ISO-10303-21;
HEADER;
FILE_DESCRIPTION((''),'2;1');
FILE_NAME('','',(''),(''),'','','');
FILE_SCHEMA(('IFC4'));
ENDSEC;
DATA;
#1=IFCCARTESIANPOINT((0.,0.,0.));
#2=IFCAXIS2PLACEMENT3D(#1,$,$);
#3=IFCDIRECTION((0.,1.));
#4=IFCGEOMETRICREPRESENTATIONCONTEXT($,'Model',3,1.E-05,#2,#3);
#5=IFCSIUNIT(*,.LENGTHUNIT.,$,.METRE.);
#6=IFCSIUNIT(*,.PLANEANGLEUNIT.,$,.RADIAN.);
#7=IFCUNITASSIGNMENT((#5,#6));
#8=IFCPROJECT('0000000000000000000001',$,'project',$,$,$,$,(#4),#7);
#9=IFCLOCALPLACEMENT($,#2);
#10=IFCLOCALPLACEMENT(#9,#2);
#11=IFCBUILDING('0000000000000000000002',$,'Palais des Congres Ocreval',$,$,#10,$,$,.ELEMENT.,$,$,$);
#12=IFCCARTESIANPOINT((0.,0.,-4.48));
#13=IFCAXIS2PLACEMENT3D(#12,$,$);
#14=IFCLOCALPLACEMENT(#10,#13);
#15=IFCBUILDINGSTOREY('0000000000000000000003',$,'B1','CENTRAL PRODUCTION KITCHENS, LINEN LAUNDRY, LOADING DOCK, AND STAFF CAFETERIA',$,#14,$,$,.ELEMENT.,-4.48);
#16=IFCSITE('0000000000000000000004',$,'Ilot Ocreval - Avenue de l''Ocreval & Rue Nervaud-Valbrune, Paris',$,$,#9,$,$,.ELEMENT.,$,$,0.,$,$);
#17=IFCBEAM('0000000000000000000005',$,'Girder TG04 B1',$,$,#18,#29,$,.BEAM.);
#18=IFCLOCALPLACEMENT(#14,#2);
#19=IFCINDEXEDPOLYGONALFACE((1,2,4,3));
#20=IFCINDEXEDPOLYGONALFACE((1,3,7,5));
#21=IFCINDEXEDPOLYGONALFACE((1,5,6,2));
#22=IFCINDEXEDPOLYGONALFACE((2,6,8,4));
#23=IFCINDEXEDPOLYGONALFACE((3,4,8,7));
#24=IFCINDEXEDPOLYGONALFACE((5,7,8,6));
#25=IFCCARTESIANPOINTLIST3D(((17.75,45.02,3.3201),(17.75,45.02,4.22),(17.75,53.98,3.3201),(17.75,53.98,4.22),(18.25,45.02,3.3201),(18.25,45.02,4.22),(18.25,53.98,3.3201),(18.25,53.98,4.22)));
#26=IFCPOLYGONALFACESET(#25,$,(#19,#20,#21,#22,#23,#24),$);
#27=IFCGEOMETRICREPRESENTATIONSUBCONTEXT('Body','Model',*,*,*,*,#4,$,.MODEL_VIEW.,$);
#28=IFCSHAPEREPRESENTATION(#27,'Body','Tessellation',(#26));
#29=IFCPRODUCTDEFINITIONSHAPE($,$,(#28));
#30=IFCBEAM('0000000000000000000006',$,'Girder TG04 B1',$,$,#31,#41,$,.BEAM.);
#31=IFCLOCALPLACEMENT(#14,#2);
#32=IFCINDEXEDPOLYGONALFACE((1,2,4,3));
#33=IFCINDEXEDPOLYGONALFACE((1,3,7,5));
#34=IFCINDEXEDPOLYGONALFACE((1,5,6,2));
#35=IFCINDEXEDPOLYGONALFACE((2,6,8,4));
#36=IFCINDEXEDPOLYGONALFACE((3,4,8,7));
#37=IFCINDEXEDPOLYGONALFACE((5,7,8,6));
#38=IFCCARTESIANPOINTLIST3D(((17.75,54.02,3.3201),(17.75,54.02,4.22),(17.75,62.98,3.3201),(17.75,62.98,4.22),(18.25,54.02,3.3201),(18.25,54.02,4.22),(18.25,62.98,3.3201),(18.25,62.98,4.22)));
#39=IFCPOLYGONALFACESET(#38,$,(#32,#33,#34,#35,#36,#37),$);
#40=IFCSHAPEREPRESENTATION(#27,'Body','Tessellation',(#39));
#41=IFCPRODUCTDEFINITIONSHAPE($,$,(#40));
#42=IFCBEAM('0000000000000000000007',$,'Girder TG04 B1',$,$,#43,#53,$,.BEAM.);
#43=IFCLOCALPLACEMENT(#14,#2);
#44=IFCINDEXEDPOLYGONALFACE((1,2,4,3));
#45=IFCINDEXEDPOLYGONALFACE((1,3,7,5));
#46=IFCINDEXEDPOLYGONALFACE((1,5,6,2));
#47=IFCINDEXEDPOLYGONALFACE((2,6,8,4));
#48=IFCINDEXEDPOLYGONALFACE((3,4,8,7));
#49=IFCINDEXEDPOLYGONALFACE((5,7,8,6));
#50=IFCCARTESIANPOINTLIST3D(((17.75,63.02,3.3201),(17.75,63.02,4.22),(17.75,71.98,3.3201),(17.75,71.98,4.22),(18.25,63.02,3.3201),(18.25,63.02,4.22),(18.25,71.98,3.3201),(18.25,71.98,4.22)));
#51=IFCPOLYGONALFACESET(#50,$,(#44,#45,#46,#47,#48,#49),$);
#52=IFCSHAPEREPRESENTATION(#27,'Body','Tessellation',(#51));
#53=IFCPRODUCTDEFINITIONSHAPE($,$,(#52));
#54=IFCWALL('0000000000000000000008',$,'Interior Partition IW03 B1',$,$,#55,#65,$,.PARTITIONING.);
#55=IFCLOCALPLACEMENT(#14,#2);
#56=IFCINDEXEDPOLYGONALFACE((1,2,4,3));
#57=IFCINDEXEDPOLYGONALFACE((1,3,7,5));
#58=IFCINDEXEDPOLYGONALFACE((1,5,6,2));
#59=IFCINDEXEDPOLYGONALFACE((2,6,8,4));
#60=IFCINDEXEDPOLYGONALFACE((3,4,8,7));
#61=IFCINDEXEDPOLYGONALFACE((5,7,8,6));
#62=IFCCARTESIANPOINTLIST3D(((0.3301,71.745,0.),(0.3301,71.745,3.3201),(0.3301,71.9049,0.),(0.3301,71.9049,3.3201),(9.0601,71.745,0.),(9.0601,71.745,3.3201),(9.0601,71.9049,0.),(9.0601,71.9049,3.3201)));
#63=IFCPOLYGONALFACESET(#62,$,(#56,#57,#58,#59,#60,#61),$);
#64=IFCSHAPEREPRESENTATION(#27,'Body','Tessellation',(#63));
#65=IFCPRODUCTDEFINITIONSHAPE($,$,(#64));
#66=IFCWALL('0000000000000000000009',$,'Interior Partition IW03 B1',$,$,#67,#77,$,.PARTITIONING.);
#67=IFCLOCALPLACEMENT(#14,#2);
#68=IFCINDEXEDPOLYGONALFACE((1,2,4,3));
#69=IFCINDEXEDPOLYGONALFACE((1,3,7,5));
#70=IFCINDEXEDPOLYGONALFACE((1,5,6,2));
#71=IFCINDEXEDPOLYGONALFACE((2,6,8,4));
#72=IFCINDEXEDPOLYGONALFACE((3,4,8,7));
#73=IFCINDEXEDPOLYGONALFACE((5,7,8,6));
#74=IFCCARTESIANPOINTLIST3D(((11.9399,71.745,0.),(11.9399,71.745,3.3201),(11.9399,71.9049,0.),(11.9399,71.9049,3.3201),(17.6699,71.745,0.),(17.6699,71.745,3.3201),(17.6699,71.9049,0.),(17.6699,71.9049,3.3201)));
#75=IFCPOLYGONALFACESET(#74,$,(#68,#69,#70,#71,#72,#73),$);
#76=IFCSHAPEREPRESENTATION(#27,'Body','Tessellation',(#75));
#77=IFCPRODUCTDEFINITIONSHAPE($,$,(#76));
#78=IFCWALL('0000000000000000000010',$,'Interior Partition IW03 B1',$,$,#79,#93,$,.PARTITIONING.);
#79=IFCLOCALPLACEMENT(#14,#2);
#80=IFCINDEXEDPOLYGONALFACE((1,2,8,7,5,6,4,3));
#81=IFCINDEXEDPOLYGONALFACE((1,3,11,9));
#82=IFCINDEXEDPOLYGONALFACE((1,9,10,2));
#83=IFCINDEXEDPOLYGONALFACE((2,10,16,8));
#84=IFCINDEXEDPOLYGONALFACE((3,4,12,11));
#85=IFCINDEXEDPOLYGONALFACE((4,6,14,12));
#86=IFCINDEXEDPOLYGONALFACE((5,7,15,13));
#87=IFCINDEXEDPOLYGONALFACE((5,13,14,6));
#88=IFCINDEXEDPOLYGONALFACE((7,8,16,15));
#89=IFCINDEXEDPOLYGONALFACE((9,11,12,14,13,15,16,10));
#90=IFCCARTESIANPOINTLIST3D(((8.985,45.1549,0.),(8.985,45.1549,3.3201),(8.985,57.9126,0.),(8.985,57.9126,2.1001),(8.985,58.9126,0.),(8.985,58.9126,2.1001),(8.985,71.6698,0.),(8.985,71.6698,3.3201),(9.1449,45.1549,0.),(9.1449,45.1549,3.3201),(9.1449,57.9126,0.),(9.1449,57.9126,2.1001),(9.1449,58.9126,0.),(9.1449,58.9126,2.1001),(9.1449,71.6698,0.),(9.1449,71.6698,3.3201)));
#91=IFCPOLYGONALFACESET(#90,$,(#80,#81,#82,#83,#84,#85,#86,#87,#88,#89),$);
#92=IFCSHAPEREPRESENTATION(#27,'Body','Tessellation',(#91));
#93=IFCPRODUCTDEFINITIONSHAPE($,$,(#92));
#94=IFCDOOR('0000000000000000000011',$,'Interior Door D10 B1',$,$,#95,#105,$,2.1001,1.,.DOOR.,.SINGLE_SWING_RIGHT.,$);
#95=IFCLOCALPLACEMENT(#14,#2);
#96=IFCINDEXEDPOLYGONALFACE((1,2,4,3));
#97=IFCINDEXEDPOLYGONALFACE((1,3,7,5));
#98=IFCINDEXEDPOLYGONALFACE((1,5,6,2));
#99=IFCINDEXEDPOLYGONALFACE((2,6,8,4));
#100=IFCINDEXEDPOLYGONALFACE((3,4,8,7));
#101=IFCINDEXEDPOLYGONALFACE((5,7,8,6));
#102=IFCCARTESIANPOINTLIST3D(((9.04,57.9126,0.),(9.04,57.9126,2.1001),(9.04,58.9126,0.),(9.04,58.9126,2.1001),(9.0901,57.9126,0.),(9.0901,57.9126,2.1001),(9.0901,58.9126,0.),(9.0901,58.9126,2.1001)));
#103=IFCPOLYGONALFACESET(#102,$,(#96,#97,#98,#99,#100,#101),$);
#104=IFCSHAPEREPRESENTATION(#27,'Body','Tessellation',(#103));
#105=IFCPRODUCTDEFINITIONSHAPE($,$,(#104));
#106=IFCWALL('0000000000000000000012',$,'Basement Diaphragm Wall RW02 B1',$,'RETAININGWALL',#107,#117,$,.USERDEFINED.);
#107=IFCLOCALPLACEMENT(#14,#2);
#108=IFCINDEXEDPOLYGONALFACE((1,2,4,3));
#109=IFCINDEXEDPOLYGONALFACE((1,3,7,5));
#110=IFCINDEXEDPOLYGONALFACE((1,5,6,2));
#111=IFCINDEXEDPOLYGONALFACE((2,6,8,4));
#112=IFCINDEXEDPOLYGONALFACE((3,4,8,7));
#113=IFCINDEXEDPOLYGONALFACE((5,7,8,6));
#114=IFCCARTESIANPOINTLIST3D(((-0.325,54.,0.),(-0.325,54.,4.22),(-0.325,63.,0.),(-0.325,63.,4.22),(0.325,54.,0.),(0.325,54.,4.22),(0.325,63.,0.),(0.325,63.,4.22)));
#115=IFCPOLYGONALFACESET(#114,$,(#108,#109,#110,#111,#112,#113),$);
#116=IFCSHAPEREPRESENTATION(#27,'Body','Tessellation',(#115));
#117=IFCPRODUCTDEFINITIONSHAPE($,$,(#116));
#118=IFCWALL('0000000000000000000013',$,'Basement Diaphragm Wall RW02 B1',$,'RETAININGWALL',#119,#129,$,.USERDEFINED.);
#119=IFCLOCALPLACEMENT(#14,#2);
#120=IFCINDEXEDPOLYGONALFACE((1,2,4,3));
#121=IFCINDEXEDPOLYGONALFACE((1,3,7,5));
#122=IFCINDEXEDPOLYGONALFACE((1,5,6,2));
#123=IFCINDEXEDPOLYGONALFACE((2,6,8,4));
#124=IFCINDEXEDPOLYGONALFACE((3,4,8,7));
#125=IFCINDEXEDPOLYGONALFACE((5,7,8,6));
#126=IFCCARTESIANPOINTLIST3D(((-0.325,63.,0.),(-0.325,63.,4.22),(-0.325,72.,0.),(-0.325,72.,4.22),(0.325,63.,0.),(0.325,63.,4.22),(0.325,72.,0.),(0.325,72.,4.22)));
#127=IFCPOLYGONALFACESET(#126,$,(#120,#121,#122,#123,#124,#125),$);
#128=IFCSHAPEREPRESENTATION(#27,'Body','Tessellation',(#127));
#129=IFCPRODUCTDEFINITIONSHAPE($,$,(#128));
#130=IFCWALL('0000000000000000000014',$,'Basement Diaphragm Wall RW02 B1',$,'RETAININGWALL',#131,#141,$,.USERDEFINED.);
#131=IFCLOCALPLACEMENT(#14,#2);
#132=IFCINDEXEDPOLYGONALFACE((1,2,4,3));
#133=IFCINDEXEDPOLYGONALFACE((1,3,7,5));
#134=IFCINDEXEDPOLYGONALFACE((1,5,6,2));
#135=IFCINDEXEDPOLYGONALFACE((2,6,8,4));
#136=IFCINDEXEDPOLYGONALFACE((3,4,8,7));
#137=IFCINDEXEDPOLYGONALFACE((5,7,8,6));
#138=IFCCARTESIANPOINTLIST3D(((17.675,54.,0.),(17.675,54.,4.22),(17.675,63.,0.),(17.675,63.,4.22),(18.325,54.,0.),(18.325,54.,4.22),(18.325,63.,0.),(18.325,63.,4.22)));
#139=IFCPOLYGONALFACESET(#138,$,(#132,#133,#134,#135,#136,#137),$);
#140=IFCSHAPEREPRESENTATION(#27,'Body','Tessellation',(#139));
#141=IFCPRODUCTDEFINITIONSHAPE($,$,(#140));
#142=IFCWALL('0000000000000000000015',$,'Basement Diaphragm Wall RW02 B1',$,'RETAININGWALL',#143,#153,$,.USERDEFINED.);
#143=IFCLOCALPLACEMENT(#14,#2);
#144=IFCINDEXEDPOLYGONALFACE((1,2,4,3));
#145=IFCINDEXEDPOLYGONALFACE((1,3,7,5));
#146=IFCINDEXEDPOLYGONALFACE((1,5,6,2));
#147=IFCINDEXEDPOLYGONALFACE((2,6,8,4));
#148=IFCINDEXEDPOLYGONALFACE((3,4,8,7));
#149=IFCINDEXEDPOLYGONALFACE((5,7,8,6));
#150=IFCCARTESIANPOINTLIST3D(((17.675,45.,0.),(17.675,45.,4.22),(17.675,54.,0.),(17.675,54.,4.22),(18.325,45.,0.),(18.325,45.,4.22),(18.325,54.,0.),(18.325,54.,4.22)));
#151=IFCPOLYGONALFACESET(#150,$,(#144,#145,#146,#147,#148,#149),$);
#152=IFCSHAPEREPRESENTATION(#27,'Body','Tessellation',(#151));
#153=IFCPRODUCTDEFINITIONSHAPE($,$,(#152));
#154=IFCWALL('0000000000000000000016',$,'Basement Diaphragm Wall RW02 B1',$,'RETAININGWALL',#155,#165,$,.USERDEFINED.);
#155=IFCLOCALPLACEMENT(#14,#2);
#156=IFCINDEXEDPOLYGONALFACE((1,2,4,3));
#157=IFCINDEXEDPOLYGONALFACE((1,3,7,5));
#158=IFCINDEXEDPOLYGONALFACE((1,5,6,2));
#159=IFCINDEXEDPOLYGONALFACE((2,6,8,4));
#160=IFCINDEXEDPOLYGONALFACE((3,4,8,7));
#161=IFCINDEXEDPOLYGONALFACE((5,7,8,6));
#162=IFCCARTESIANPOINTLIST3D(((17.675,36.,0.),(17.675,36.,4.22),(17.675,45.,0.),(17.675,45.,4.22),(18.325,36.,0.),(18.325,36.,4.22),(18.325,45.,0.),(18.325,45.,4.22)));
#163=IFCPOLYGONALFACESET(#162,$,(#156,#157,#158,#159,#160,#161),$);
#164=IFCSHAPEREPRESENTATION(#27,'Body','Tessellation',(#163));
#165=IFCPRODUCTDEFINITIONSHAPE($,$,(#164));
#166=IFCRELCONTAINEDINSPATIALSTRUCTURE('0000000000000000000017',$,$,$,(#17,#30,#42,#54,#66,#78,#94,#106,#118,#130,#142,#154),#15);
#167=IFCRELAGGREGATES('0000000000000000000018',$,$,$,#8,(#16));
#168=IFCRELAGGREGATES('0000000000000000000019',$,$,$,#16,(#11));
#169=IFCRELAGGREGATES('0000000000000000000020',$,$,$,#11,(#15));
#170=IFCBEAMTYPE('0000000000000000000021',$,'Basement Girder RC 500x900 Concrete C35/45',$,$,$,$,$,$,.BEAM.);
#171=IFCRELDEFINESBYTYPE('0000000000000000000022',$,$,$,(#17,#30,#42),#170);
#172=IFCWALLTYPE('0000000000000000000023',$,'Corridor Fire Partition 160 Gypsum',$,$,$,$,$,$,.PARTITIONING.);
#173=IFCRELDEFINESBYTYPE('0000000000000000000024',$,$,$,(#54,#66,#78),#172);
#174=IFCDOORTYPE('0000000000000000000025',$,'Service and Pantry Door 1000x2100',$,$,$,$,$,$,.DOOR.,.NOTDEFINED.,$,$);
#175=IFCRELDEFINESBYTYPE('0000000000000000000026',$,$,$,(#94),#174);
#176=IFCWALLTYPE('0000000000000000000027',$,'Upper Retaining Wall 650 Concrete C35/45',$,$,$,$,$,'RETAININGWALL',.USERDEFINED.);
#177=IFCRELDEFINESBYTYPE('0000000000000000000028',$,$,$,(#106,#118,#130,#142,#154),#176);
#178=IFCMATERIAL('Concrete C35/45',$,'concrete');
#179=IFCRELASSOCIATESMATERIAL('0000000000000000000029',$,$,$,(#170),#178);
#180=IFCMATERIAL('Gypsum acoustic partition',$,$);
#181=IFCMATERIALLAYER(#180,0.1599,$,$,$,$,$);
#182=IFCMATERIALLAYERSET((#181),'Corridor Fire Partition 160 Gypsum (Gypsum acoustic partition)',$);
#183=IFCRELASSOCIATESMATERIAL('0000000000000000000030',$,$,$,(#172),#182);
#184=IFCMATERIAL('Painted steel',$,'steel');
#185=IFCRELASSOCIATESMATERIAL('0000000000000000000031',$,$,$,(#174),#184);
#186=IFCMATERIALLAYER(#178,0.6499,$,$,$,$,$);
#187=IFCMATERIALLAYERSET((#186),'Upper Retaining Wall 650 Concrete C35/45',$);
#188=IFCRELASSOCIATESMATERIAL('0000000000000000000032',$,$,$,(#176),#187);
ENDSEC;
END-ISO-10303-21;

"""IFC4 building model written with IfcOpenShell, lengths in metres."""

from ifc_helpers import new_model, si_unit, direction, frame, frame_2d, origin, origin_2d, place, context, subcontext, project, spatial, rectangle, extrude, material, layer, layer_set, material_profile, profile_set, type_object, element, fill, save


model = new_model("IFC4")

# Units and contexts
model_context = context("Model", 3, precision=1e-05, world=origin(), true_north=direction((0.0, 1.0)))
body_context = subcontext(model_context, "Body", "Model", "MODEL_VIEW")
ifc_project = project(units=[si_unit("LENGTHUNIT", "METRE"), si_unit("PLANEANGLEUNIT", "RADIAN")], contexts=[model_context])

# Site, building, storey
site_placement = place(None, origin())
site = spatial("IfcSite", under=ifc_project, at=site_placement, Name="Ilot Ocreval - Avenue de l'Ocreval & Rue Nervaud-Valbrune, Paris", CompositionType="ELEMENT", RefElevation=0.0)
building_placement = place(site_placement, origin())
building = spatial("IfcBuilding", under=site, at=building_placement, Name="Palais des Congres Ocreval", CompositionType="ELEMENT")
storey_placement = place(building_placement, frame((0.0, 0.0, -4.48)))
storey = spatial("IfcBuildingStorey", under=building, at=storey_placement, Name="B1", Description="CENTRAL PRODUCTION KITCHENS, LINEN LAUNDRY, LOADING DOCK, AND STAFF CAFETERIA", CompositionType="ELEMENT", Elevation=-4.48)

# Beams
ifc_material_1 = material(Name="Concrete C35/45", Category="concrete")
ifc_material_profile_1 = material_profile(ifc_material_1, rectangle(XDim=0.5, YDim=0.8999, at=origin_2d()), Name="RC 500x900")
ifc_profile_set_1 = profile_set([ifc_material_profile_1], Name="Concrete C35/45")
beam_type = type_object("IfcBeamType", Name="Basement Girder RC 500x900 Concrete C35/45", PredefinedType="BEAM", material=ifc_profile_set_1)
for number, where, z_axis, x_axis, name in (
    (1, (18.0, 45.02, 3.77), (0.0, 1.0, 0.0), (-1.0, 0.0, 0.0), "Girder TG04 B1"),
    (2, (18.0, 54.02, 3.77), (0.0, 1.0, 0.0), (-1.0, 0.0, 0.0), "Girder TG04 B1"),
    (3, (18.0, 63.02, 3.77), (0.0, 1.0, 0.0), (-1.0, 0.0, 0.0), "Girder TG04 B1"),
):
    element("IfcBeam", number, at=place(storey_placement, frame(where, z_axis=z_axis, x_axis=x_axis)), inside=storey, type_object=beam_type, Name=name, PredefinedType="BEAM", context=body_context, shape_type="SweptSolid", body=[
        extrude(rectangle(XDim=0.5, YDim=0.8999, at=origin_2d()), origin(), (0.0, 0.0, 1.0), 8.96),
    ])

# Walls
ifc_material_2 = material(Name="Gypsum acoustic partition")
ifc_layer_1 = layer(ifc_material_2, 0.1599)
ifc_layer_set_1 = layer_set([ifc_layer_1], Name="Corridor Fire Partition 160 Gypsum (Gypsum acoustic partition)")
wall_type_1 = type_object("IfcWallType", Name="Corridor Fire Partition 160 Gypsum", PredefinedType="PARTITIONING", material=ifc_layer_set_1)
wall_1_placement = place(storey_placement, frame((0.3301, 71.825, 0.0), z_axis=(0.0, 0.0, 1.0), x_axis=(1.0, 0.0, 0.0)))
element("IfcWall", 4, at=wall_1_placement, inside=storey, type_object=wall_type_1, Name="Interior Partition IW03 B1", PredefinedType="PARTITIONING", context=body_context, shape_type="SweptSolid", body=[
    extrude(rectangle(XDim=8.73, YDim=0.1599, at=frame_2d((4.365, 0.0))), origin(), (0.0, 0.0, 1.0), 3.3201),
])
wall_2_placement = place(storey_placement, frame((11.9399, 71.825, 0.0), z_axis=(0.0, 0.0, 1.0), x_axis=(1.0, 0.0, 0.0)))
element("IfcWall", 5, at=wall_2_placement, inside=storey, type_object=wall_type_1, Name="Interior Partition IW03 B1", PredefinedType="PARTITIONING", context=body_context, shape_type="SweptSolid", body=[
    extrude(rectangle(XDim=5.73, YDim=0.1599, at=frame_2d((2.865, 0.0))), origin(), (0.0, 0.0, 1.0), 3.3201),
])

# Wall, opening, door
wall_3_placement = place(storey_placement, frame((9.0649, 45.155, 0.0), z_axis=(0.0, 0.0, 1.0), x_axis=(0.0, 1.0, 0.0)))
wall_3 = element("IfcWall", 6, at=wall_3_placement, inside=storey, type_object=wall_type_1, Name="Interior Partition IW03 B1", PredefinedType="PARTITIONING", context=body_context, shape_type="SweptSolid", body=[
    extrude(rectangle(XDim=26.5149, YDim=0.1599, at=frame_2d((13.2573, 0.0))), origin(), (0.0, 0.0, 1.0), 3.3201),
])
opening_placement = place(wall_3_placement, frame((12.7576, 0.0, 0.0)))
opening = element("IfcOpeningElement", 7, at=opening_placement, cuts=wall_3, PredefinedType="OPENING", context=body_context, shape_type="SweptSolid", body=[
    extrude(rectangle(XDim=1.0, YDim=2.1001, at=frame_2d((0.5, 1.05))), frame((0.0, 0.0898, 0.0), z_axis=(0.0, -1.0, 0.0), x_axis=(1.0, 0.0, 0.0)), (0.0, 0.0, 1.0), 0.1799),
])
ifc_material_3 = material(Name="Painted steel", Category="steel")
door_type = type_object("IfcDoorType", Name="Service and Pantry Door 1000x2100", OperationType="NOTDEFINED", PredefinedType="DOOR", material=ifc_material_3)
door_placement = place(opening_placement, origin())
door = element("IfcDoor", 8, at=door_placement, inside=storey, type_object=door_type, Name="Interior Door D10 B1", OperationType="SINGLE_SWING_RIGHT", OverallHeight=2.1001, OverallWidth=1.0, PredefinedType="DOOR", context=body_context, shape_type="SweptSolid", body=[
    extrude(rectangle(XDim=1.0, YDim=2.1001, at=frame_2d((0.5, 1.05))), frame((0.0, 0.0249, 0.0), z_axis=(0.0, -1.0, 0.0), x_axis=(1.0, 0.0, 0.0)), (0.0, 0.0, 1.0), 0.05),
])
fill(opening, door)

# Walls
ifc_layer_2 = layer(ifc_material_1, 0.6499)
ifc_layer_set_2 = layer_set([ifc_layer_2], Name="Upper Retaining Wall 650 Concrete C35/45")
wall_type_2 = type_object("IfcWallType", Name="Upper Retaining Wall 650 Concrete C35/45", ElementType="RETAININGWALL", PredefinedType="USERDEFINED", material=ifc_layer_set_2)
for number, where, z_axis, x_axis, name in (
    (9, (0.0, 54.0, 0.0), (0.0, 0.0, 1.0), (0.0, 1.0, 0.0), "Basement Diaphragm Wall RW02 B1"),
    (10, (0.0, 63.0, 0.0), (0.0, 0.0, 1.0), (0.0, 1.0, 0.0), "Basement Diaphragm Wall RW02 B1"),
    (11, (18.0, 63.0, 0.0), (0.0, 0.0, 1.0), (0.0, -1.0, 0.0), "Basement Diaphragm Wall RW02 B1"),
    (12, (18.0, 54.0, 0.0), (0.0, 0.0, 1.0), (0.0, -1.0, 0.0), "Basement Diaphragm Wall RW02 B1"),
    (13, (18.0, 45.0, 0.0), (0.0, 0.0, 1.0), (0.0, -1.0, 0.0), "Basement Diaphragm Wall RW02 B1"),
):
    element("IfcWall", number, at=place(storey_placement, frame(where, z_axis=z_axis, x_axis=x_axis)), inside=storey, type_object=wall_type_2, Name=name, ObjectType="RETAININGWALL", PredefinedType="USERDEFINED", context=body_context, shape_type="SweptSolid", body=[
        extrude(rectangle(XDim=9.0, YDim=0.6499, at=frame_2d((4.5, 0.0))), origin(), (0.0, 0.0, 1.0), 4.22),
    ])

save(model, "model.ifc")
